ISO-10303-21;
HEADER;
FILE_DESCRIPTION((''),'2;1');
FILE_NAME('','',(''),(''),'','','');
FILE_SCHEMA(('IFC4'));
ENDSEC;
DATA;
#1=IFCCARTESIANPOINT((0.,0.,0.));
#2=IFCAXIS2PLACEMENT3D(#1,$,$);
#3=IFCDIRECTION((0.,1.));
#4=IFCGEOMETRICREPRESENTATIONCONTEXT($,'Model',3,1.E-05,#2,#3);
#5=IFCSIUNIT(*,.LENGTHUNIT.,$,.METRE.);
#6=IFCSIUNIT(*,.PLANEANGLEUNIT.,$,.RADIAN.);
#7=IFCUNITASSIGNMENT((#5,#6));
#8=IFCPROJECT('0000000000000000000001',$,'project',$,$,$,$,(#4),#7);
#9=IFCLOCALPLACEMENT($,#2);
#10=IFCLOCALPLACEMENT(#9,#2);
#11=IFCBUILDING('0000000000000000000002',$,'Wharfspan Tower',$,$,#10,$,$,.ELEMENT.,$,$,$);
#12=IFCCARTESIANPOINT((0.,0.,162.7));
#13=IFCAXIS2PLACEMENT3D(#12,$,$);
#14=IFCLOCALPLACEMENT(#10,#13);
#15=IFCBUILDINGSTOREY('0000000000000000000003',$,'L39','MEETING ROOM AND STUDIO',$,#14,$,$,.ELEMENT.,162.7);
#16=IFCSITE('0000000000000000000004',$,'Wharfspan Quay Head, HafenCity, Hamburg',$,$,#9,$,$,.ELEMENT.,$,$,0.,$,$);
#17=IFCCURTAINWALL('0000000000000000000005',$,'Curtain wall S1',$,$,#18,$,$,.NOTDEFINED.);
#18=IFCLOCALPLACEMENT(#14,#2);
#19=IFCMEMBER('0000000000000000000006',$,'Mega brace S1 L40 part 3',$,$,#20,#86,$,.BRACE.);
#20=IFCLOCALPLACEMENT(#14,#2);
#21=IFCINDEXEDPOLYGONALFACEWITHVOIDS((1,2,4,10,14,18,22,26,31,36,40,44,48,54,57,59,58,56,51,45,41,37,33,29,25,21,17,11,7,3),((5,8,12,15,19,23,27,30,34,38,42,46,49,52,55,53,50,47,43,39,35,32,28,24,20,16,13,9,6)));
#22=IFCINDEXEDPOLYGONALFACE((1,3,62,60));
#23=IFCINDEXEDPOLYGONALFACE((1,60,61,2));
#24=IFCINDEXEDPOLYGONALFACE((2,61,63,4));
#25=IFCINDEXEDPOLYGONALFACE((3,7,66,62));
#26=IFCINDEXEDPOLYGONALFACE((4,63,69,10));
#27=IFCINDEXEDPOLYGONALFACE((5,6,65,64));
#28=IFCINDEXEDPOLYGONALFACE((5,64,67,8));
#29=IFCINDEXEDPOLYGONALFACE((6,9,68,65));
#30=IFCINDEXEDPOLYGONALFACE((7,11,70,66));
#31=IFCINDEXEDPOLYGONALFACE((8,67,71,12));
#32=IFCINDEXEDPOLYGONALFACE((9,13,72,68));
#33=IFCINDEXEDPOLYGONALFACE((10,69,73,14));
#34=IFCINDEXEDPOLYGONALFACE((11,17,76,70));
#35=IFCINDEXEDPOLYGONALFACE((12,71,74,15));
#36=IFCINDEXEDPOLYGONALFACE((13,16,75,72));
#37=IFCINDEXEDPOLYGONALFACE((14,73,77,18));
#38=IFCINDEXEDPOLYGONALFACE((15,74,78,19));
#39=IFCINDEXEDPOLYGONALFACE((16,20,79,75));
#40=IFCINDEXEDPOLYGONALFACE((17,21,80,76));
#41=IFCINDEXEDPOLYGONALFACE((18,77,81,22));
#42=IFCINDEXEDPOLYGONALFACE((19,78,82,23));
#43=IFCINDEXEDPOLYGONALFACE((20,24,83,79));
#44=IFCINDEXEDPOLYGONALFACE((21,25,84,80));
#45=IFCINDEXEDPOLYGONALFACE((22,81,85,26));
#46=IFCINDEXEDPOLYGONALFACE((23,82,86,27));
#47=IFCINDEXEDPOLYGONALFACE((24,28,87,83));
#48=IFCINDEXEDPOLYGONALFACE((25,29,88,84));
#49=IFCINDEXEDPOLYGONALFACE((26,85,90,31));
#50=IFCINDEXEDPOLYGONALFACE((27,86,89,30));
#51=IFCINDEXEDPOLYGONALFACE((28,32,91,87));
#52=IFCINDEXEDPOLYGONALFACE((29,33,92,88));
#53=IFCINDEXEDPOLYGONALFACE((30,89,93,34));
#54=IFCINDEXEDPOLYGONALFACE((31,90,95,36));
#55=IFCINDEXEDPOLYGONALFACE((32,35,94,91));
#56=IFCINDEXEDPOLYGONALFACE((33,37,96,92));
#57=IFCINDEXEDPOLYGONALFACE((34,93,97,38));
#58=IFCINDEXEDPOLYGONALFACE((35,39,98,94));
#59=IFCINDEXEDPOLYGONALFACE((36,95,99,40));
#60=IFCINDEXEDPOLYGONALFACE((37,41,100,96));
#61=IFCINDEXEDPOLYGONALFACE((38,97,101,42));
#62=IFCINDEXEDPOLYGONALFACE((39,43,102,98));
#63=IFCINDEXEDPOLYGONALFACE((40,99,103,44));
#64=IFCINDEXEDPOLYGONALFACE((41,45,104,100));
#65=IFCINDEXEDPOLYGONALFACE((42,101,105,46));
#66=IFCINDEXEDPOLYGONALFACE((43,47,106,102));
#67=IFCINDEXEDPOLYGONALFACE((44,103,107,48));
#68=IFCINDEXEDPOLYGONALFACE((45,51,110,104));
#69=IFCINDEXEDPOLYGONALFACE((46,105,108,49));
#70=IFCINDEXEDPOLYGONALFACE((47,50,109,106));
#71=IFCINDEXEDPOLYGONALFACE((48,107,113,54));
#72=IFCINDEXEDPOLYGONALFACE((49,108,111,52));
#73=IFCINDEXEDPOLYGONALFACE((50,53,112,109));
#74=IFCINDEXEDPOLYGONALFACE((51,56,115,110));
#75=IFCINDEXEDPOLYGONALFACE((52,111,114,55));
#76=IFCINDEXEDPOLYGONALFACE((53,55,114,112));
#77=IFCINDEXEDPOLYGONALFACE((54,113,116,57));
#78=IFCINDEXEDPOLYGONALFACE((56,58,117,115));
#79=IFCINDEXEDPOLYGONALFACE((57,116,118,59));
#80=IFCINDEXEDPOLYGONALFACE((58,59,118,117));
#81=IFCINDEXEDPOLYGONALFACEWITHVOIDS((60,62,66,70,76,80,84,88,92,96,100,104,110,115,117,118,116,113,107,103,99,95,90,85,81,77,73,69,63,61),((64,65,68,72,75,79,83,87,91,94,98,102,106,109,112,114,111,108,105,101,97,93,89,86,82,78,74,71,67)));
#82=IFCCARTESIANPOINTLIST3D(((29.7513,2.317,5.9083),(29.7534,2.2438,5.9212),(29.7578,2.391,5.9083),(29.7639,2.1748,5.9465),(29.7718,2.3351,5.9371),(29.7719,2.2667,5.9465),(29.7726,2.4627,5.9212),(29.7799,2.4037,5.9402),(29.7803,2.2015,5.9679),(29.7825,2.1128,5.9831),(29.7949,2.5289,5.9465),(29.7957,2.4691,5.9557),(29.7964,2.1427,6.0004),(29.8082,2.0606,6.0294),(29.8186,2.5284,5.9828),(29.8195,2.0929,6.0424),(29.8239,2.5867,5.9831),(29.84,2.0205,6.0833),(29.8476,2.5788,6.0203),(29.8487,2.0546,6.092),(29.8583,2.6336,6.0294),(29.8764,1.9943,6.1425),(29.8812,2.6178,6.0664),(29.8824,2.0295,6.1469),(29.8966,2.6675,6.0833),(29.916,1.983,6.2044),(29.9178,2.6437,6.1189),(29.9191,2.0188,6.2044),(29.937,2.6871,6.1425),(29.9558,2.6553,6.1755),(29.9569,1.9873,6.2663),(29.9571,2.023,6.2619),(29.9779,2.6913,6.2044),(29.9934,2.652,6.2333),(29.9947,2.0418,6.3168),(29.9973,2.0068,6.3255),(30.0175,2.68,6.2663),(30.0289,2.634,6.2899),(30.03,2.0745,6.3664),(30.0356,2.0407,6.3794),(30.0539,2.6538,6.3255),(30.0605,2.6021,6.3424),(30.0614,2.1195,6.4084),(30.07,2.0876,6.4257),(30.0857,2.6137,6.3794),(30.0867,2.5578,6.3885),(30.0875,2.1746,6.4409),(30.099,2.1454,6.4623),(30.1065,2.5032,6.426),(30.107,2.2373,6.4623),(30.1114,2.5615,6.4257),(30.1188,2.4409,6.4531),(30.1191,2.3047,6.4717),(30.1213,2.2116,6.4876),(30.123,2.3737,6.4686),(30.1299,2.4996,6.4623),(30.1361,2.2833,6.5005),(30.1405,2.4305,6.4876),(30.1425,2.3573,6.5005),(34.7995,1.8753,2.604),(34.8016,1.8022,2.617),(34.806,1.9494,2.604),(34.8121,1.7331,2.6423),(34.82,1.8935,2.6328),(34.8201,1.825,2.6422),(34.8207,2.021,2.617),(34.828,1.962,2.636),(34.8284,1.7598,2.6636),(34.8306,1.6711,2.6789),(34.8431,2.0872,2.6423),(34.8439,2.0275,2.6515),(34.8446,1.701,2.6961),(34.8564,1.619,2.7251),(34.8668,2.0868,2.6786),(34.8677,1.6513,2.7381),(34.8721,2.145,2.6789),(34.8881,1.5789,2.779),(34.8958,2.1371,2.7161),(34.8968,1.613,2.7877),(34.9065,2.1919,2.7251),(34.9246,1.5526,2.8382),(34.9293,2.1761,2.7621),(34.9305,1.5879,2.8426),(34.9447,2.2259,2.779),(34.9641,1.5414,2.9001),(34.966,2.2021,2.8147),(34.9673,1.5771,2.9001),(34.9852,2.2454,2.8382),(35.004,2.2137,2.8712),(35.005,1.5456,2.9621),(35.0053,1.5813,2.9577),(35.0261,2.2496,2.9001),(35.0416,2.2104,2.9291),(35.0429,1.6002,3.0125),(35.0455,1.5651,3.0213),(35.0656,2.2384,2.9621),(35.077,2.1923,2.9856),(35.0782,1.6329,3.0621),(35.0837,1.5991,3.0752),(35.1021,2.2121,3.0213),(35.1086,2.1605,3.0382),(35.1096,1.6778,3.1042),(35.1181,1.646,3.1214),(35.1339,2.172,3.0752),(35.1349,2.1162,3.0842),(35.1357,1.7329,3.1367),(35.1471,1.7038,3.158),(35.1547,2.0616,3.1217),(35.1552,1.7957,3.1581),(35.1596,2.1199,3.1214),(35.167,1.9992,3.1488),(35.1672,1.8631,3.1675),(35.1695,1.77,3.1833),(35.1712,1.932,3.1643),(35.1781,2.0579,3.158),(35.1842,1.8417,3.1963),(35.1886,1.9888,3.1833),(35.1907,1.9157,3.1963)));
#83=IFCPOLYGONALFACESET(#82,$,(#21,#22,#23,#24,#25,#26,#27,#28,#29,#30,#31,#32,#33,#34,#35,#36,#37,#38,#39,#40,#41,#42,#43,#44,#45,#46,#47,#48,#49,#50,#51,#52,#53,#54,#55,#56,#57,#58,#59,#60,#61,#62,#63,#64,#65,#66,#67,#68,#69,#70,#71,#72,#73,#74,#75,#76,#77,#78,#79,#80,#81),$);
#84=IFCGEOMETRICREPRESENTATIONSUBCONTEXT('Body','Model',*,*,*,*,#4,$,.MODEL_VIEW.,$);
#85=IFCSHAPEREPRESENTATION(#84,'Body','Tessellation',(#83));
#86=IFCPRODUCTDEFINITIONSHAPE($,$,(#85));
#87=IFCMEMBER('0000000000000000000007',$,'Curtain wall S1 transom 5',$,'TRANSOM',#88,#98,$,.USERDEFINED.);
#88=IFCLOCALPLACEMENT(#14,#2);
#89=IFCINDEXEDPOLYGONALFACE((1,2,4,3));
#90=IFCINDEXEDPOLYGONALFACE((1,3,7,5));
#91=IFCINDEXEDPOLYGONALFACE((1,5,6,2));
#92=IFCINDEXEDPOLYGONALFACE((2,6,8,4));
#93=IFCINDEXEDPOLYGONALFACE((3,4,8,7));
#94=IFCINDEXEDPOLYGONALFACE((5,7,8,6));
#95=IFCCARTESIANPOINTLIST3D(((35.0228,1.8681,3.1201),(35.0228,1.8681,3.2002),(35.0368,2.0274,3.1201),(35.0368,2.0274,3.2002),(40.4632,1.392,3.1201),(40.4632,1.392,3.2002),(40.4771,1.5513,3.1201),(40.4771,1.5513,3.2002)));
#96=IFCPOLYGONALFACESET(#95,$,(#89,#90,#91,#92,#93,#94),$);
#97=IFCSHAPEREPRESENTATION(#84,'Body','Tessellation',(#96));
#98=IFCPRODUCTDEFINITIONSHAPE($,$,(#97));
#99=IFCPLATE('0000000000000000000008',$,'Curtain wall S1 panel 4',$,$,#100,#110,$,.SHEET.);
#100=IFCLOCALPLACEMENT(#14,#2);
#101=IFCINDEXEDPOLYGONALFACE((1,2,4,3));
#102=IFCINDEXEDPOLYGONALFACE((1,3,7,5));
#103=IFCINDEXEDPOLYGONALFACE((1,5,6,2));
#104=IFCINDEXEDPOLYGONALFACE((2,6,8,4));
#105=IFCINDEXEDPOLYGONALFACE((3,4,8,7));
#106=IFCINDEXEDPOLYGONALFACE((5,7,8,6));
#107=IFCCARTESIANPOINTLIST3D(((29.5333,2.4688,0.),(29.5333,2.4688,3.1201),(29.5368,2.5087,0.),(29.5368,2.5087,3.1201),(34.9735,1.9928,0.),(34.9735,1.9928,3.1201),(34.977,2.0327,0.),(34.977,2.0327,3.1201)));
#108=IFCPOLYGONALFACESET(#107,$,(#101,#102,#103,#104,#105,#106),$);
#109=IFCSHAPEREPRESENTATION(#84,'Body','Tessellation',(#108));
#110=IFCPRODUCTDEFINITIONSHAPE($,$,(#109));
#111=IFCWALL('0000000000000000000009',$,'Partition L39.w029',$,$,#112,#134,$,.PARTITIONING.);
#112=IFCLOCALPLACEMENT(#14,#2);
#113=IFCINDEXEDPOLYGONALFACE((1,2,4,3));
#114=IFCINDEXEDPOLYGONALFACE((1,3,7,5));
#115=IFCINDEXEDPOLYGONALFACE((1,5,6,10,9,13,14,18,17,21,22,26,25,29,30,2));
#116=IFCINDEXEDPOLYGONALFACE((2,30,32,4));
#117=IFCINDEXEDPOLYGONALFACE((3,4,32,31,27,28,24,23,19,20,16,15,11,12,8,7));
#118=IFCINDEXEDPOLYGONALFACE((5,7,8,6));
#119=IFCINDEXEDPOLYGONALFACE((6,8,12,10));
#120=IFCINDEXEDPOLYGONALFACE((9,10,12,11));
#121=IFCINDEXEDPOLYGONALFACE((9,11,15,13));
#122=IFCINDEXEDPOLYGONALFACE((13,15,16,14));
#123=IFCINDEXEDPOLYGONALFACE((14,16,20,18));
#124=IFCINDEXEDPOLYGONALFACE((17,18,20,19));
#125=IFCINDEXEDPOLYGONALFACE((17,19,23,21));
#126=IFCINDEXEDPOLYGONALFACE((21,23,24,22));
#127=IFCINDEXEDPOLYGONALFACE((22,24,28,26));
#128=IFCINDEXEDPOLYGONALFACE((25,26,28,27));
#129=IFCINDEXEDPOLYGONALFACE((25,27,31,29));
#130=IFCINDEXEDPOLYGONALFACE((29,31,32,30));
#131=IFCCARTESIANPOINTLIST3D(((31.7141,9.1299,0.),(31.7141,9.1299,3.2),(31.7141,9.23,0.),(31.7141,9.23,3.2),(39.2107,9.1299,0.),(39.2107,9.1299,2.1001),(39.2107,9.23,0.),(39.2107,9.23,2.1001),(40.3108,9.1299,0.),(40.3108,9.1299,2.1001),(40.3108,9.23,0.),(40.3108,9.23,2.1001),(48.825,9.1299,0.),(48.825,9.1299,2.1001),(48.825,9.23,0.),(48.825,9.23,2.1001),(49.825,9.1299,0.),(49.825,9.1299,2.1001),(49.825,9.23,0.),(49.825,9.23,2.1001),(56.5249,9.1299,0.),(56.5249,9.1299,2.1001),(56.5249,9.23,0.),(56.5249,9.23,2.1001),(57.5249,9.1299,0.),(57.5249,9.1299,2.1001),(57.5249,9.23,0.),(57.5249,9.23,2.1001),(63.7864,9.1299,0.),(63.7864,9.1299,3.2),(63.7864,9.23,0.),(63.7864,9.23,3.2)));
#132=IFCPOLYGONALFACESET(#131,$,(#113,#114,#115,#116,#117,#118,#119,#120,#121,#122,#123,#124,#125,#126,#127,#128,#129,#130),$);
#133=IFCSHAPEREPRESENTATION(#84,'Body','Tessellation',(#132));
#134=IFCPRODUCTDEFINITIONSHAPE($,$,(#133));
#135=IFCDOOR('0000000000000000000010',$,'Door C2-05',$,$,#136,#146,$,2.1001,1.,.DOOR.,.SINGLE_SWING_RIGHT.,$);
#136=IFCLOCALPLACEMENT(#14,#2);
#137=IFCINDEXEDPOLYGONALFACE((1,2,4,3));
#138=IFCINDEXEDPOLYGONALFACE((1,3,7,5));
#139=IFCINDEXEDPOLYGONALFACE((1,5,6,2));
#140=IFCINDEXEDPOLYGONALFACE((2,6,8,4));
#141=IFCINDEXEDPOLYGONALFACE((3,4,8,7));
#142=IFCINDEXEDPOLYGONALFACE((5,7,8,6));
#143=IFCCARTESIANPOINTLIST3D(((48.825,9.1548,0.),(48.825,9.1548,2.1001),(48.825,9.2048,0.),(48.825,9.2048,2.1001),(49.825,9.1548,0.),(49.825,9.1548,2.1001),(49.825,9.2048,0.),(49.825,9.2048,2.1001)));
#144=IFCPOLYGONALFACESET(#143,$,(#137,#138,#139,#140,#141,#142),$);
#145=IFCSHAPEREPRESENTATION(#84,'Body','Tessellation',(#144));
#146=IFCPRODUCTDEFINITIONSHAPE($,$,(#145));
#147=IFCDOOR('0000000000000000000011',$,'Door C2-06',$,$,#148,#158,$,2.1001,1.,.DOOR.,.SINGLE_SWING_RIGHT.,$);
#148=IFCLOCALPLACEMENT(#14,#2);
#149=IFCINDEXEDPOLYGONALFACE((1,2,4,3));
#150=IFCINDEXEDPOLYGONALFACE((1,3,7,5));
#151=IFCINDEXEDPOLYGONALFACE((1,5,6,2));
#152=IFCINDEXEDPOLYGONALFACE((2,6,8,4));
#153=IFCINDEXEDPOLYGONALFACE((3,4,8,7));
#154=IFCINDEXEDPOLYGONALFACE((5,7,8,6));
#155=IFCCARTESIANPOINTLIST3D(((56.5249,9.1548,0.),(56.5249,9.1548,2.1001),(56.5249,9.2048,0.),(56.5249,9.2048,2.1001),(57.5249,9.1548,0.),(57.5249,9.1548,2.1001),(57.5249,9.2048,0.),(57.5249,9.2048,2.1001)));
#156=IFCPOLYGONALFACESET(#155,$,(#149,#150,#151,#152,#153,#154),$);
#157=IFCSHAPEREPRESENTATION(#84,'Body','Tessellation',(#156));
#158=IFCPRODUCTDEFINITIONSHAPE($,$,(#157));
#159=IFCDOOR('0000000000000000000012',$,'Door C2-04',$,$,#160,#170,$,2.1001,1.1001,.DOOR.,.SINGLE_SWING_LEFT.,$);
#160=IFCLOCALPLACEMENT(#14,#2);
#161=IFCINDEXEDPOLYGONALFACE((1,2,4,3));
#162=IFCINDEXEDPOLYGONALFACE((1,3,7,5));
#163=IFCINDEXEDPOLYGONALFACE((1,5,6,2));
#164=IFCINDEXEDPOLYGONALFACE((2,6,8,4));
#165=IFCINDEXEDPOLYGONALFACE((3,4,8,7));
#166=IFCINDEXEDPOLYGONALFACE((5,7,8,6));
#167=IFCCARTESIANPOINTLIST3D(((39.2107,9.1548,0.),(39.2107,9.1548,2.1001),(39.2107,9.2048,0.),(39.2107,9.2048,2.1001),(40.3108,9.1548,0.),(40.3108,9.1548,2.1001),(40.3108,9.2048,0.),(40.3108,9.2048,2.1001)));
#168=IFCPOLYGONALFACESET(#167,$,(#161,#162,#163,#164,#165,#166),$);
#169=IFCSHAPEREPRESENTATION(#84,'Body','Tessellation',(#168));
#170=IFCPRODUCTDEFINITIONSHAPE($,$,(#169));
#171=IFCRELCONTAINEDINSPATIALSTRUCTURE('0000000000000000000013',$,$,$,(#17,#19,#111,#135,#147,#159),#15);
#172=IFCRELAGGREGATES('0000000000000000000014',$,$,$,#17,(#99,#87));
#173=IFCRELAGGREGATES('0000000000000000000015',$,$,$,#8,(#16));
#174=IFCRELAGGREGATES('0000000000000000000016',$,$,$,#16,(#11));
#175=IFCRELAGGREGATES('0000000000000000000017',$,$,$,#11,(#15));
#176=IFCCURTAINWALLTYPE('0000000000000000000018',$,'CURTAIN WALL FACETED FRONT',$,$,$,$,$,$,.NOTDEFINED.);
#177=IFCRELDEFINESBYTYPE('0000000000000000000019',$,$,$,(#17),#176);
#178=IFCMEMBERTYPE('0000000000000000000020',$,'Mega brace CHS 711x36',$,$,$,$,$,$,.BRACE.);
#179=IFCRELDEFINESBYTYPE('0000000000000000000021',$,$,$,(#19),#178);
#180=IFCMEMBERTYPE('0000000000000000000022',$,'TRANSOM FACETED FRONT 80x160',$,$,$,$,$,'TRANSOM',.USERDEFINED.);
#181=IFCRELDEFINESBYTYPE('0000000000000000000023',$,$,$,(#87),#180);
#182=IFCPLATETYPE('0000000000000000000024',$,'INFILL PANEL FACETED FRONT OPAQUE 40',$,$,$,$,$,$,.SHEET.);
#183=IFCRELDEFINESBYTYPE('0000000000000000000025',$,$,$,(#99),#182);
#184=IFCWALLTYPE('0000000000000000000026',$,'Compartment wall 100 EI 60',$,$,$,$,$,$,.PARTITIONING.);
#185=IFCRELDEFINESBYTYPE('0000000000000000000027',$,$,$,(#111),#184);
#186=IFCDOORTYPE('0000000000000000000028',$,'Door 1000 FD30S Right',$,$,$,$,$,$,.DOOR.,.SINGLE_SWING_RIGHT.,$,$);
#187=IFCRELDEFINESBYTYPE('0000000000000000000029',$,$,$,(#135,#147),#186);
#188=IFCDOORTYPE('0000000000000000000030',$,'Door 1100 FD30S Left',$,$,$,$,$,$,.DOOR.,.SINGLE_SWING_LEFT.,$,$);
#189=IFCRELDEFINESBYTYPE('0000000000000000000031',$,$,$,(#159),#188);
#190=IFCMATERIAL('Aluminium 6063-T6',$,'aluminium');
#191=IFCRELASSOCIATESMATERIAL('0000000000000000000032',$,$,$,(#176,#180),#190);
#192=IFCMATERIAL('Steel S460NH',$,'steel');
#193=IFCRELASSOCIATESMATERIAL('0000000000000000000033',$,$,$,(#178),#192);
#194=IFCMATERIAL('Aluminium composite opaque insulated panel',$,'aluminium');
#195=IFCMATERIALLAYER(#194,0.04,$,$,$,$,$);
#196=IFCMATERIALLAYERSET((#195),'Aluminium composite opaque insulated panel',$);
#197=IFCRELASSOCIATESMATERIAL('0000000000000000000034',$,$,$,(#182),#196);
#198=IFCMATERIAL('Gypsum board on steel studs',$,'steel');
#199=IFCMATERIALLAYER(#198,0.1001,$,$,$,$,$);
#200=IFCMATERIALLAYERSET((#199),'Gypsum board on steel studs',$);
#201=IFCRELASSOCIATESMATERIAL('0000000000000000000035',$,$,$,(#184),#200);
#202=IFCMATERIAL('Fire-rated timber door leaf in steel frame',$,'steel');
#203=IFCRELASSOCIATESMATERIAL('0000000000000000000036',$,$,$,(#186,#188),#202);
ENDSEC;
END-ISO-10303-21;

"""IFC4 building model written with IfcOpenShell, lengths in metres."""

from ifc_helpers import new_model, si_unit, direction, frame, frame_2d, origin, origin_2d, place, context, subcontext, project, spatial, rectangle, hollow_circle, extrude, material, layer, layer_set, material_profile, profile_set, type_object, element, fill, aggregate, save


model = new_model("IFC4")

# Units and contexts
model_context = context("Model", 3, precision=1e-05, world=origin(), true_north=direction((0.0, 1.0)))
body_context = subcontext(model_context, "Body", "Model", "MODEL_VIEW")
ifc_project = project(units=[si_unit("LENGTHUNIT", "METRE"), si_unit("PLANEANGLEUNIT", "RADIAN")], contexts=[model_context])

# Site, building, storey
site_placement = place(None, origin())
site = spatial("IfcSite", under=ifc_project, at=site_placement, Name="Wharfspan Quay Head, HafenCity, Hamburg", CompositionType="ELEMENT", RefElevation=0.0)
building_placement = place(site_placement, origin())
building = spatial("IfcBuilding", under=site, at=building_placement, Name="Wharfspan Tower", CompositionType="ELEMENT")
storey_placement = place(building_placement, frame((0.0, 0.0, 162.7)))
storey = spatial("IfcBuildingStorey", under=building, at=storey_placement, Name="L39", Description="MEETING ROOM AND STUDIO", CompositionType="ELEMENT", Elevation=162.7)

# Curtain wall
ifc_material_1 = material(Name="Aluminium 6063-T6", Category="aluminium")
curtain_wall_type = type_object("IfcCurtainWallType", Name="CURTAIN WALL FACETED FRONT", PredefinedType="NOTDEFINED", material=ifc_material_1)
curtain_wall_placement = place(storey_placement, origin())
curtain_wall = element("IfcCurtainWall", 1, at=curtain_wall_placement, inside=storey, type_object=curtain_wall_type, Name="Curtain wall S1", PredefinedType="NOTDEFINED")

# Members
ifc_material_2 = material(Name="Steel S460NH", Category="steel")
ifc_material_profile_1 = material_profile(ifc_material_2, hollow_circle(Radius=0.3555, WallThickness=0.0359, at=origin_2d()))
ifc_profile_set_1 = profile_set([ifc_material_profile_1], Name="Steel S460NH")
member_type_1 = type_object("IfcMemberType", Name="Mega brace CHS 711x36", PredefinedType="BRACE", material=ifc_profile_set_1)
member_1_placement = place(storey_placement, frame((34.9951, 1.8955, 2.9001), z_axis=(-0.834469, 0.073006, 0.546197), x_axis=(-0.087156, -0.996198, -0.000001)))
element("IfcMember", 2, at=member_1_placement, inside=storey, type_object=member_type_1, Name="Mega brace S1 L40 part 3", PredefinedType="BRACE", context=body_context, shape_type="SweptSolid", body=[
    extrude(hollow_circle(Radius=0.3555, WallThickness=0.0359, at=origin_2d()), origin(), (0.0, 0.0, 1.0), 6.0496),
])
ifc_material_profile_2 = material_profile(ifc_material_1, rectangle(XDim=0.1599, YDim=0.0801, at=origin_2d()))
ifc_profile_set_2 = profile_set([ifc_material_profile_2], Name="Aluminium 6063-T6")
member_type_2 = type_object("IfcMemberType", Name="TRANSOM FACETED FRONT 80x160", ElementType="TRANSOM", PredefinedType="USERDEFINED", material=ifc_profile_set_2)
member_2_placement = place(storey_placement, frame((35.0298, 1.9478, 3.1602), z_axis=(0.996193, -0.087174, 0.0), x_axis=(0.087174, 0.996193, 0.0)))
member_2 = element("IfcMember", 3, at=member_2_placement, type_object=member_type_2, Name="Curtain wall S1 transom 5", ObjectType="TRANSOM", PredefinedType="USERDEFINED", context=body_context, shape_type="SweptSolid", body=[
    extrude(rectangle(XDim=0.1599, YDim=0.0801, at=origin_2d()), origin(), (0.0, 0.0, 1.0), 5.4612),
])

# Plate
ifc_material_3 = material(Name="Aluminium composite opaque insulated panel", Category="aluminium")
ifc_layer_1 = layer(ifc_material_3, 0.04)
ifc_layer_set_1 = layer_set([ifc_layer_1], Name="Aluminium composite opaque insulated panel")
plate_type = type_object("IfcPlateType", Name="INFILL PANEL FACETED FRONT OPAQUE 40", PredefinedType="SHEET", material=ifc_layer_set_1)
plate_placement = place(storey_placement, frame((32.2551, 2.2507, 0.0), z_axis=(0.0, 0.0, 1.0), x_axis=(0.996198, -0.087156, 0.0)))
plate = element("IfcPlate", 4, at=plate_placement, type_object=plate_type, Name="Curtain wall S1 panel 4", PredefinedType="SHEET", context=body_context, shape_type="SweptSolid", body=[
    extrude(rectangle(XDim=5.4609, YDim=0.04, at=origin_2d()), origin(), (0.0, 0.0, 1.0), 3.1201),
])
aggregate(curtain_wall, [plate, member_2])

# Wall, openings, doors
ifc_material_4 = material(Name="Gypsum board on steel studs", Category="steel")
ifc_layer_2 = layer(ifc_material_4, 0.1001)
ifc_layer_set_2 = layer_set([ifc_layer_2], Name="Gypsum board on steel studs")
wall_type_1 = type_object("IfcWallType", Name="Compartment wall 100 EI 60", PredefinedType="PARTITIONING", material=ifc_layer_set_2)
wall_1_placement = place(storey_placement, frame((31.7141, 9.1799, 0.0), z_axis=(0.0, 0.0, 1.0), x_axis=(1.0, 0.0, 0.0)))
wall_1 = element("IfcWall", 5, at=wall_1_placement, inside=storey, type_object=wall_type_1, Name="Partition L39.w029", PredefinedType="PARTITIONING", context=body_context, shape_type="SweptSolid", body=[
    extrude(rectangle(XDim=32.0723, YDim=0.1001, at=frame_2d((16.0361, 0.0))), origin(), (0.0, 0.0, 1.0), 3.2),
])
opening_1_placement = place(wall_1_placement, frame((7.4966, 0.0, 0.0)))
opening_1 = element("IfcOpeningElement", 6, at=opening_1_placement, cuts=wall_1, PredefinedType="OPENING", context=body_context, shape_type="SweptSolid", body=[
    extrude(rectangle(XDim=1.1001, YDim=2.1001, at=frame_2d((0.55, 1.05))), frame((0.0, 0.0601, 0.0), z_axis=(0.0, -1.0, 0.0), x_axis=(1.0, 0.0, 0.0)), (0.0, 0.0, 1.0), 0.1201),
])
opening_2_placement = place(wall_1_placement, frame((17.1108, 0.0, 0.0)))
opening_2 = element("IfcOpeningElement", 7, at=opening_2_placement, cuts=wall_1, PredefinedType="OPENING", context=body_context, shape_type="SweptSolid", body=[
    extrude(rectangle(XDim=1.0, YDim=2.1001, at=frame_2d((0.5, 1.05))), frame((0.0, 0.0601, 0.0), z_axis=(0.0, -1.0, 0.0), x_axis=(1.0, 0.0, 0.0)), (0.0, 0.0, 1.0), 0.1201),
])
opening_3_placement = place(wall_1_placement, frame((24.8108, 0.0, 0.0)))
opening_3 = element("IfcOpeningElement", 8, at=opening_3_placement, cuts=wall_1, PredefinedType="OPENING", context=body_context, shape_type="SweptSolid", body=[
    extrude(rectangle(XDim=1.0, YDim=2.1001, at=frame_2d((0.5, 1.05))), frame((0.0, 0.0601, 0.0), z_axis=(0.0, -1.0, 0.0), x_axis=(1.0, 0.0, 0.0)), (0.0, 0.0, 1.0), 0.1201),
])
ifc_material_5 = material(Name="Fire-rated timber door leaf in steel frame", Category="steel")
door_type_1 = type_object("IfcDoorType", Name="Door 1000 FD30S Right", OperationType="SINGLE_SWING_RIGHT", PredefinedType="DOOR", material=ifc_material_5)
door_1_placement = place(opening_2_placement, origin())
door_1 = element("IfcDoor", 9, at=door_1_placement, inside=storey, type_object=door_type_1, Name="Door C2-05", OperationType="SINGLE_SWING_RIGHT", OverallHeight=2.1001, OverallWidth=1.0, PredefinedType="DOOR", context=body_context, shape_type="SweptSolid", body=[
    extrude(rectangle(XDim=1.0, YDim=2.1001, at=frame_2d((0.5, 1.05))), frame((0.0, 0.0249, 0.0), z_axis=(0.0, -1.0, 0.0), x_axis=(1.0, 0.0, 0.0)), (0.0, 0.0, 1.0), 0.05),
])
fill(opening_2, door_1)
door_2_placement = place(opening_3_placement, origin())
door_2 = element("IfcDoor", 10, at=door_2_placement, inside=storey, type_object=door_type_1, Name="Door C2-06", OperationType="SINGLE_SWING_RIGHT", OverallHeight=2.1001, OverallWidth=1.0, PredefinedType="DOOR", context=body_context, shape_type="SweptSolid", body=[
    extrude(rectangle(XDim=1.0, YDim=2.1001, at=frame_2d((0.5, 1.05))), frame((0.0, 0.0249, 0.0), z_axis=(0.0, -1.0, 0.0), x_axis=(1.0, 0.0, 0.0)), (0.0, 0.0, 1.0), 0.05),
])
fill(opening_3, door_2)
door_type_2 = type_object("IfcDoorType", Name="Door 1100 FD30S Left", OperationType="SINGLE_SWING_LEFT", PredefinedType="DOOR", material=ifc_material_5)
door_3_placement = place(opening_1_placement, origin())
door_3 = element("IfcDoor", 11, at=door_3_placement, inside=storey, type_object=door_type_2, Name="Door C2-04", OperationType="SINGLE_SWING_LEFT", OverallHeight=2.1001, OverallWidth=1.1001, PredefinedType="DOOR", context=body_context, shape_type="SweptSolid", body=[
    extrude(rectangle(XDim=1.1001, YDim=2.1001, at=frame_2d((0.55, 1.05))), frame((0.0, 0.0249, 0.0), z_axis=(0.0, -1.0, 0.0), x_axis=(1.0, 0.0, 0.0)), (0.0, 0.0, 1.0), 0.05),
])
fill(opening_1, door_3)

save(model, "model.ifc")
